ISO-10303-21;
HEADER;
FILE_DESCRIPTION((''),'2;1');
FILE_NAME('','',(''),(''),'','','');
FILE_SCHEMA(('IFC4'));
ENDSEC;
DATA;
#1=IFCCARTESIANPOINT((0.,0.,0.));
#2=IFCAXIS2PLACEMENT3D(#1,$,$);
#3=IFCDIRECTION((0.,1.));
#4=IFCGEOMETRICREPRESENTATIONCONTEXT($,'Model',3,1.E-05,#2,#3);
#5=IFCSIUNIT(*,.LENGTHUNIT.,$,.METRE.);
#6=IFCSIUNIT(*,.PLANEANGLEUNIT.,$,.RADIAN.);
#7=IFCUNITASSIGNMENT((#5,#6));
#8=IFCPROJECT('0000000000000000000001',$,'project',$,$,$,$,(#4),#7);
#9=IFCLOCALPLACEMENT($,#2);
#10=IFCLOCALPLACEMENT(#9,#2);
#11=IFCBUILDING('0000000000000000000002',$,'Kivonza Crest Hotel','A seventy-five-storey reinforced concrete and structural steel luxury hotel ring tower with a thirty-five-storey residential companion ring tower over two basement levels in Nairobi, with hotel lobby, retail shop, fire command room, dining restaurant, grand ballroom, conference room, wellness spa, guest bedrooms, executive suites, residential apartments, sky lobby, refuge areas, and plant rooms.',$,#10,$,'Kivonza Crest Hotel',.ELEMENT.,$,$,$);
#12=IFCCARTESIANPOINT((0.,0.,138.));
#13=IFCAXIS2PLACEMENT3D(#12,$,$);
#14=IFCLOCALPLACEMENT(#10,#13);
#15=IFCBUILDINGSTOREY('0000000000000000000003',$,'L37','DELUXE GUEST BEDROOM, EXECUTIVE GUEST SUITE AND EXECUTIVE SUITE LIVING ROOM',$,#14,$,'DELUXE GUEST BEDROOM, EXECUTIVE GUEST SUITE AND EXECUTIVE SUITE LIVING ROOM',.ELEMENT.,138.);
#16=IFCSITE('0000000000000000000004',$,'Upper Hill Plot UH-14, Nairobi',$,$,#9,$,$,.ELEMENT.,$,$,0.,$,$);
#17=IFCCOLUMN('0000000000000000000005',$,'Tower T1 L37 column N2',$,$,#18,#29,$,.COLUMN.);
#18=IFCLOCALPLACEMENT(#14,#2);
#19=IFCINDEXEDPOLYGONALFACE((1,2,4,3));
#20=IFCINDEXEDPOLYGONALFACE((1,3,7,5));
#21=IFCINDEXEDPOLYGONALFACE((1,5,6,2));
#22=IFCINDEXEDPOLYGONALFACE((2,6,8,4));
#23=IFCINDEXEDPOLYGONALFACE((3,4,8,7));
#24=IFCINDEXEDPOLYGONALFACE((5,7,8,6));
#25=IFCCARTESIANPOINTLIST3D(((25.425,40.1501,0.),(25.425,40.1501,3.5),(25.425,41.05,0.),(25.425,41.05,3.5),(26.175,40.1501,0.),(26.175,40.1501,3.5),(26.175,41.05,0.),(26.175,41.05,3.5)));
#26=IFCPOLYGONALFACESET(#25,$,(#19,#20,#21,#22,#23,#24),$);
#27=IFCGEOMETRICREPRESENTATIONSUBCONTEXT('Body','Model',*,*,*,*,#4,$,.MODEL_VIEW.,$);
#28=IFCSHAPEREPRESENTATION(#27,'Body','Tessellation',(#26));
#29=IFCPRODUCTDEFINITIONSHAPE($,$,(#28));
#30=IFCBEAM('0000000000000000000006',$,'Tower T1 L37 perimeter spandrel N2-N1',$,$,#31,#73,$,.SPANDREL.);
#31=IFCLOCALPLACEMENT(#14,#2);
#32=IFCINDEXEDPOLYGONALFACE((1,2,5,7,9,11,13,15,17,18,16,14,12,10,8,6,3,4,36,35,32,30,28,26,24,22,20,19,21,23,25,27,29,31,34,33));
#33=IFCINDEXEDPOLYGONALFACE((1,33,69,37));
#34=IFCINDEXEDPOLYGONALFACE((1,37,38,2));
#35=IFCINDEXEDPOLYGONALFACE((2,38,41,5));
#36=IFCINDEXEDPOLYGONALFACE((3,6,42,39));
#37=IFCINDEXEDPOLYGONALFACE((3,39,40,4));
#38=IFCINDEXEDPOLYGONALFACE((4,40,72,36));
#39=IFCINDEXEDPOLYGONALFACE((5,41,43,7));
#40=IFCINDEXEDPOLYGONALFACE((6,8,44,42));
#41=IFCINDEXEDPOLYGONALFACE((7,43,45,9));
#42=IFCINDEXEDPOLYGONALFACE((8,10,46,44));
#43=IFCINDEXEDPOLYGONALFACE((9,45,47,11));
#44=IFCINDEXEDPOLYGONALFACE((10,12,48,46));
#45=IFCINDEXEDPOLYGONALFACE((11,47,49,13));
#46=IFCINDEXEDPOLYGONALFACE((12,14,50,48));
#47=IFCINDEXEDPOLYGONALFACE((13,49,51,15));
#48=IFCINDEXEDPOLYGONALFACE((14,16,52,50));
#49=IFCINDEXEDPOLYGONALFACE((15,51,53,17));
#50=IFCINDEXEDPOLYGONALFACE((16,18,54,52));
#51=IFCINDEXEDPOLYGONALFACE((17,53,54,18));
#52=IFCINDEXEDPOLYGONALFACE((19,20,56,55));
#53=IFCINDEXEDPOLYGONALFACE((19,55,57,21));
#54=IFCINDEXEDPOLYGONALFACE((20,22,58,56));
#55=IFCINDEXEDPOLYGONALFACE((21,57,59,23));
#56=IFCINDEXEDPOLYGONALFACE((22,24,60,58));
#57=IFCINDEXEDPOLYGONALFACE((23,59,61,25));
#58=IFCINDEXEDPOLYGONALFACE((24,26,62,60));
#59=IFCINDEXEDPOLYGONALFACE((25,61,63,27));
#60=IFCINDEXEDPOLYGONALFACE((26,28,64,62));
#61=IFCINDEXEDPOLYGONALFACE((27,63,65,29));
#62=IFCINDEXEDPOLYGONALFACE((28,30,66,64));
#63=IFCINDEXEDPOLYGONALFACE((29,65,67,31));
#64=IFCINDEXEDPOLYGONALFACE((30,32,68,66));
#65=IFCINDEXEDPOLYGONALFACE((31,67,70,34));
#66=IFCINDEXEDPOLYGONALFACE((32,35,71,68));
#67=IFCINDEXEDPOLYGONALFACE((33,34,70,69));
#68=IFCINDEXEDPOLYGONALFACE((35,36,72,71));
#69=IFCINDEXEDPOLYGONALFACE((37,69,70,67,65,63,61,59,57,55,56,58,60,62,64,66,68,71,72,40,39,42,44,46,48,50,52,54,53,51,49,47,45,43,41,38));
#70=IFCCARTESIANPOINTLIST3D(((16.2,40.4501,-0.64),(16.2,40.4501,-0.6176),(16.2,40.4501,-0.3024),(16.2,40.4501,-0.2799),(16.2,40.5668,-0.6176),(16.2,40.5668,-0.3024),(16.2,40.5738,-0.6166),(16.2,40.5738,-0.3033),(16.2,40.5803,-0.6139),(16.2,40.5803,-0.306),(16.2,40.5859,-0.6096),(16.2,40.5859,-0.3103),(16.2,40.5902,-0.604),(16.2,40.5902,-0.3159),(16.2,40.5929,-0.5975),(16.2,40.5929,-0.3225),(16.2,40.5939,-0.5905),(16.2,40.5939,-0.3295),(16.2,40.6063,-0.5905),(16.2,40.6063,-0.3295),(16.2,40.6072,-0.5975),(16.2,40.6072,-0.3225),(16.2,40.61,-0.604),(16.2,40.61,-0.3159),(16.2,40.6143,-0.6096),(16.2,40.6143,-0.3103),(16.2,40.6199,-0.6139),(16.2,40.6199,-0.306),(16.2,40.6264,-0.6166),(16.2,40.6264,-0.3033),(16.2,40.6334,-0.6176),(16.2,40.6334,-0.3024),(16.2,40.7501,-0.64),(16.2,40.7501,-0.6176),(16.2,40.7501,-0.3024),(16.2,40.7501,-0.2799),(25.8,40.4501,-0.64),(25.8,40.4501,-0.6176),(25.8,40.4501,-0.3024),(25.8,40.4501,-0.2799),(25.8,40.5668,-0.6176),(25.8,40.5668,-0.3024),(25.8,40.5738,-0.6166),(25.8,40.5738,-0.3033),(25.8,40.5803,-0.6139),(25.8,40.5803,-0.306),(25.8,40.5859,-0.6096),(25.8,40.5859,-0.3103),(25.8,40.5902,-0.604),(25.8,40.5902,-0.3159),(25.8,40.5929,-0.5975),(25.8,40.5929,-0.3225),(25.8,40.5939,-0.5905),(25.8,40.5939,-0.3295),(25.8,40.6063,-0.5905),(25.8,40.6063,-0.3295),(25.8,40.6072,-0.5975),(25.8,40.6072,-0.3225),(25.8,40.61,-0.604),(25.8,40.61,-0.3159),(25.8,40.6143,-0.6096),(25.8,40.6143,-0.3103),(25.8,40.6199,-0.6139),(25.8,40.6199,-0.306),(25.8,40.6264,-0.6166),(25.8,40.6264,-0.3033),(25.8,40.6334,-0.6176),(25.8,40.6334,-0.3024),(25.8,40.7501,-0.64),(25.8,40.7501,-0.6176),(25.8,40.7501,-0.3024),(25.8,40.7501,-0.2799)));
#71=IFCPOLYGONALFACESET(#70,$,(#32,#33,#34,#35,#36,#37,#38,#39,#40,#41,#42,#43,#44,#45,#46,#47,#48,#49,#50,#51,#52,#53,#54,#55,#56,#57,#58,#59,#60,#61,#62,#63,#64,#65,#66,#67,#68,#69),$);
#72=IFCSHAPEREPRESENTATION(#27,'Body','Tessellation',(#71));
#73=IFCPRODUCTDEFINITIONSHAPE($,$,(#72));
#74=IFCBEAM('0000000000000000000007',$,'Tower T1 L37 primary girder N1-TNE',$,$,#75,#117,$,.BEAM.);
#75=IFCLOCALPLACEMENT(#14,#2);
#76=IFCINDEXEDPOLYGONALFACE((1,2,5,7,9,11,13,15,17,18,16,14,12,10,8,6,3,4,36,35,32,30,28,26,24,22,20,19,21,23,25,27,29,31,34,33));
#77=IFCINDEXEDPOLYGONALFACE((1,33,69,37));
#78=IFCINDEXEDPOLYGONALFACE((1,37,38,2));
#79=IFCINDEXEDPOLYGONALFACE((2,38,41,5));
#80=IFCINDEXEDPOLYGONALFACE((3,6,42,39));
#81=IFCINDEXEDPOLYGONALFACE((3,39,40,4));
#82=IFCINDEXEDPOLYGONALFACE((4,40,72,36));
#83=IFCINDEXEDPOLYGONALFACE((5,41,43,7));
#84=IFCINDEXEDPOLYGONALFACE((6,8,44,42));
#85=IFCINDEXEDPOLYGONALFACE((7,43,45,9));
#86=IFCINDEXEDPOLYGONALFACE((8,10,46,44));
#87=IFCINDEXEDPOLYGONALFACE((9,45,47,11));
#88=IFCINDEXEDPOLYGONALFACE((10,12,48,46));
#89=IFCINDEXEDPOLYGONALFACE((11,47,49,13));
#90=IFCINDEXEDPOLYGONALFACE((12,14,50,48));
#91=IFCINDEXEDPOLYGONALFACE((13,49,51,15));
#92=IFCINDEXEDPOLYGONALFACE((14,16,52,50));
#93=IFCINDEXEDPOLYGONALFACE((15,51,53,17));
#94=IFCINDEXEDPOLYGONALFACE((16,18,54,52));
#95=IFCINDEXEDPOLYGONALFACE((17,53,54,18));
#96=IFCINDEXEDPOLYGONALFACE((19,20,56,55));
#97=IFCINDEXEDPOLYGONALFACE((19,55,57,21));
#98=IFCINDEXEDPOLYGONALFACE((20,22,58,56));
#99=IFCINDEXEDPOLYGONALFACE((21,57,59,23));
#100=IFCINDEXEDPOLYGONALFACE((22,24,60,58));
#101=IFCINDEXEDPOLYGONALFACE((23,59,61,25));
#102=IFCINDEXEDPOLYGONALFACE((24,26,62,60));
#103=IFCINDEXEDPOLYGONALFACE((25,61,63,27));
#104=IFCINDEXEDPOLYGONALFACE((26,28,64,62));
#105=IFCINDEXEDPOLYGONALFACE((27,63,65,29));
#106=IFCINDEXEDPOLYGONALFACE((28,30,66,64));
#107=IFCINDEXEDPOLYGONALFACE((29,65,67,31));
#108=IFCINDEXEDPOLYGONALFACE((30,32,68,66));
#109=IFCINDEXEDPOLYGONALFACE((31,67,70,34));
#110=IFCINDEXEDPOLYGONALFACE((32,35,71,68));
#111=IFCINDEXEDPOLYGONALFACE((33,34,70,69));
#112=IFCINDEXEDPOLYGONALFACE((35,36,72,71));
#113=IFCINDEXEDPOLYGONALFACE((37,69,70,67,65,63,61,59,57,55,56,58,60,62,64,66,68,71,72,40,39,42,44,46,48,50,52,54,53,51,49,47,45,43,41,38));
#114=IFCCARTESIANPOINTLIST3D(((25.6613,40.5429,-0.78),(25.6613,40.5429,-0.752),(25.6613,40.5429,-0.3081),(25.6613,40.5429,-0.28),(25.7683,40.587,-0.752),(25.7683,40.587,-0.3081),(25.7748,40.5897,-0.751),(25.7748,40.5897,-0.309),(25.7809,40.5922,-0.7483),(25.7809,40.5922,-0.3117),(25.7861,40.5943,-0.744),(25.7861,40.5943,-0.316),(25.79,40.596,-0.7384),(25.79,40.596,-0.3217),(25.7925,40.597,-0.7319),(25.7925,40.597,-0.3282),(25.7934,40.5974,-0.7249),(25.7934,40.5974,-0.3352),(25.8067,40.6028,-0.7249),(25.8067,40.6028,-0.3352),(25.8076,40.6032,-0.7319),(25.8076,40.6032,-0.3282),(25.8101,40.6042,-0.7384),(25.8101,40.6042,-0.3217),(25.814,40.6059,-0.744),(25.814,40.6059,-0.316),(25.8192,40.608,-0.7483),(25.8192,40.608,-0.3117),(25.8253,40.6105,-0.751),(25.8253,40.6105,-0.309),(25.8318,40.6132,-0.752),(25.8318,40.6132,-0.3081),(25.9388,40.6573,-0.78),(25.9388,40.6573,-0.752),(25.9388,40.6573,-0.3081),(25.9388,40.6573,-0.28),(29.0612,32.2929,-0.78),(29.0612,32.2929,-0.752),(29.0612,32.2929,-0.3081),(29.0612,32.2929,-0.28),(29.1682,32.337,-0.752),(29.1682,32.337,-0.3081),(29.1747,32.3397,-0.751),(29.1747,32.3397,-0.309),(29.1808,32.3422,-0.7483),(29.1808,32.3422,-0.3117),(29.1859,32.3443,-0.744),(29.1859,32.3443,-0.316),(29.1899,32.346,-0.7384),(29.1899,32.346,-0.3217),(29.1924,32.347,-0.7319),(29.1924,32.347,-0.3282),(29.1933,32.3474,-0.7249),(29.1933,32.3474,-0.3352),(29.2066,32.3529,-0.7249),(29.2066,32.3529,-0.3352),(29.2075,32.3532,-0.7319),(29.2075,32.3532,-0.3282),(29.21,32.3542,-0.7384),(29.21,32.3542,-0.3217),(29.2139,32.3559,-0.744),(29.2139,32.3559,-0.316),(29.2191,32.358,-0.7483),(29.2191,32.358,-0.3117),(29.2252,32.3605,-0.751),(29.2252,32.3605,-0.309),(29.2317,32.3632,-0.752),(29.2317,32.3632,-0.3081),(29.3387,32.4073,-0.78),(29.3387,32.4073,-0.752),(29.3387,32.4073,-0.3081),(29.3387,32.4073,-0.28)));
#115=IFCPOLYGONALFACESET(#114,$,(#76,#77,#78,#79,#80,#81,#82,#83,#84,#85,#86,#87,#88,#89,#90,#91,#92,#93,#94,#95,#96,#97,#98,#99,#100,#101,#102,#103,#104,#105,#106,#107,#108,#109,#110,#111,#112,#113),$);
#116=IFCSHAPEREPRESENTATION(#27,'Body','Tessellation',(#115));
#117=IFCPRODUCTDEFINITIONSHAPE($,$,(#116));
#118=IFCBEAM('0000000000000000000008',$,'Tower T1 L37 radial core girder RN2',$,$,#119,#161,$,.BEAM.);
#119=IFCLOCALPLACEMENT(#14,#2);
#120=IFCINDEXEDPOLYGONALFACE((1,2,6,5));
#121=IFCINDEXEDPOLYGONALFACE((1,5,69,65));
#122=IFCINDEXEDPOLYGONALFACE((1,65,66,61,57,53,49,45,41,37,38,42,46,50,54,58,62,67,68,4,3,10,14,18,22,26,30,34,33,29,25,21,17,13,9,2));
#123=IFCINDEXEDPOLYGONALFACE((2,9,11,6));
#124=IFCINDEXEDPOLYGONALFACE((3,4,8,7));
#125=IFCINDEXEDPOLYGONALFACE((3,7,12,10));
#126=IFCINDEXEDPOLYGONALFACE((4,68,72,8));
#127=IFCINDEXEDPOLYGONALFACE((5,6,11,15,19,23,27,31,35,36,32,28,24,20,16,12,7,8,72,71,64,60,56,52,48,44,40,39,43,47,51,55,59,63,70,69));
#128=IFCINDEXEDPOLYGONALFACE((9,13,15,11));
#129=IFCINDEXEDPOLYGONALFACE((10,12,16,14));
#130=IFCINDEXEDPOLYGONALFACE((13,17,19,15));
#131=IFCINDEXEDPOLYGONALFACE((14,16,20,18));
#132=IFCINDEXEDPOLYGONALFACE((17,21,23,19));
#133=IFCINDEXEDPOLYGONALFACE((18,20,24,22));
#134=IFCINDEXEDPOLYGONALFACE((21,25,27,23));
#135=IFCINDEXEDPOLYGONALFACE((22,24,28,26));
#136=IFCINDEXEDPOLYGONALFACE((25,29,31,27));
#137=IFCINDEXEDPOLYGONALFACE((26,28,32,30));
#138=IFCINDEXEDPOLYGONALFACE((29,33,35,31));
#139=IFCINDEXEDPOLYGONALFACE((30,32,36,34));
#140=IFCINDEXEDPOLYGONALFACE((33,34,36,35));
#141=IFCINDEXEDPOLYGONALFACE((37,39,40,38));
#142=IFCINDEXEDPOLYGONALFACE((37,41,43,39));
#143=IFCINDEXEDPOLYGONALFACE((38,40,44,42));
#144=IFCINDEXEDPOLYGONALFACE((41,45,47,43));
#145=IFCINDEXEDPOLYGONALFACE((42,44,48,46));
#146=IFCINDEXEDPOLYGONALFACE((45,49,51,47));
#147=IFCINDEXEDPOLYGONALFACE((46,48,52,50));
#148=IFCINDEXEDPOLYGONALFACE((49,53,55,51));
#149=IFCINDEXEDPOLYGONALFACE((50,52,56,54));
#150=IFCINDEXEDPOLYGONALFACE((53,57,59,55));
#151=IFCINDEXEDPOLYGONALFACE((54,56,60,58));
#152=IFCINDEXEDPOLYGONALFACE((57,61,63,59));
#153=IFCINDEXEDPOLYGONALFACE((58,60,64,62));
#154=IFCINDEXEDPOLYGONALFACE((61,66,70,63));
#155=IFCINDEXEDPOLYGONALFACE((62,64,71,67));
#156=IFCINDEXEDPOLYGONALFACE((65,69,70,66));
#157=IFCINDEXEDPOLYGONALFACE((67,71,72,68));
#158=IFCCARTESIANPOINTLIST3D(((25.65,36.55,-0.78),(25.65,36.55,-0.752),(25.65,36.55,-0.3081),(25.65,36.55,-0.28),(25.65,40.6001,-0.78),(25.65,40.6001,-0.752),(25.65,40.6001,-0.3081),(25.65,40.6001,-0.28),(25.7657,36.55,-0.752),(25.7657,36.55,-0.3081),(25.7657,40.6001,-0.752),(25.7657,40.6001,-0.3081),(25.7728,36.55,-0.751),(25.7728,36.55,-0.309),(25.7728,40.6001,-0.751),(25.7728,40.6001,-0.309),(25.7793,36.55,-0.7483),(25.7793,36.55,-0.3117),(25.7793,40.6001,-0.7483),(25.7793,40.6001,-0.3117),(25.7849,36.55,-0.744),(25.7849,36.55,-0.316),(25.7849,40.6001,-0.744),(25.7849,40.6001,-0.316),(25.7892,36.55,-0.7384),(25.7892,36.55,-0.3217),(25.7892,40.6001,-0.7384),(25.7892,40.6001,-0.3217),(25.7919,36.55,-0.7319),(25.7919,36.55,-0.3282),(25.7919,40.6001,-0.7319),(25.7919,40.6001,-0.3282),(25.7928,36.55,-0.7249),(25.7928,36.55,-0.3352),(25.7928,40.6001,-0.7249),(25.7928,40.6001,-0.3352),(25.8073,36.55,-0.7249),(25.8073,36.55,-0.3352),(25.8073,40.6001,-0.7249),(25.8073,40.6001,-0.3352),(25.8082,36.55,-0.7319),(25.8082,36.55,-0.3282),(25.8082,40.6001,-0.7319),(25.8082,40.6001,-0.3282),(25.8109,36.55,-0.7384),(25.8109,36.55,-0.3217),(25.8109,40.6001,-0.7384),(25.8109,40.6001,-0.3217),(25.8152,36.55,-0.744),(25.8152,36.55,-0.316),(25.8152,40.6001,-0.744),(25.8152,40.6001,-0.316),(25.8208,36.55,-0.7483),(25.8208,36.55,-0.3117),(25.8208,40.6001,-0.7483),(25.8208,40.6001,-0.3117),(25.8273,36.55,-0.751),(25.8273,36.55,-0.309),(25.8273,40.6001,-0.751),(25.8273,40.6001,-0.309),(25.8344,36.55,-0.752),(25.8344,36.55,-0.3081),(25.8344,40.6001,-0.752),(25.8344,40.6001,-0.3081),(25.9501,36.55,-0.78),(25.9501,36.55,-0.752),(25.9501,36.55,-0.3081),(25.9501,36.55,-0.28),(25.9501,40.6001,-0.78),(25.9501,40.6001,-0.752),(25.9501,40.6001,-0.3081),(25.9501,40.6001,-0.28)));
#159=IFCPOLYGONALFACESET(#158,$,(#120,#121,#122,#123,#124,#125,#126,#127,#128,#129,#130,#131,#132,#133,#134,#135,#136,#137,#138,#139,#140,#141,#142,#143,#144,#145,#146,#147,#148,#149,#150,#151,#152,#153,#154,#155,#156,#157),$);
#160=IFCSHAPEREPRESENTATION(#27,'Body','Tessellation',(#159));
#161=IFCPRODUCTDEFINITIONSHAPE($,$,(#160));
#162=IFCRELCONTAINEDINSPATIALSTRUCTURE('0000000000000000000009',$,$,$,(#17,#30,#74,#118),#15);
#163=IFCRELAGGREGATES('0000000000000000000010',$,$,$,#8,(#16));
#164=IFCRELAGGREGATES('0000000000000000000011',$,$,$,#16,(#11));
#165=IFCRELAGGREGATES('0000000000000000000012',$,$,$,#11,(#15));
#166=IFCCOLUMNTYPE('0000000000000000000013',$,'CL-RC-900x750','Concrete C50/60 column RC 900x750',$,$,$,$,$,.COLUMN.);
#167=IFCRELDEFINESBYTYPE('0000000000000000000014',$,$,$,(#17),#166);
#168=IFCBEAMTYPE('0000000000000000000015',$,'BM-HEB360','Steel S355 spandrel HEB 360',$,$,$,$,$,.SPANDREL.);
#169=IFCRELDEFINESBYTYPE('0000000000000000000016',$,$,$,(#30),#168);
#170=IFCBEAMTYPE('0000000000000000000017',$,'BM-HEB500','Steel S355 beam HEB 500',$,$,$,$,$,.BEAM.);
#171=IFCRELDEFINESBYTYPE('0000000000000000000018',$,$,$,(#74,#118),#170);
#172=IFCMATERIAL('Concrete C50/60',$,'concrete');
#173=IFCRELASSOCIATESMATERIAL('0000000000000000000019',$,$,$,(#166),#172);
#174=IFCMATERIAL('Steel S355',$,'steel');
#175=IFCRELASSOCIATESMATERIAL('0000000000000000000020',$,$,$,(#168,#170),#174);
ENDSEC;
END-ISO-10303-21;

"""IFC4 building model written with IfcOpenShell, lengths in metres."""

from ifc_helpers import new_model, si_unit, direction, frame, origin, origin_2d, place, context, subcontext, project, spatial, rectangle, i_section, extrude, material, material_profile, profile_set, type_object, element, save


model = new_model("IFC4")

# Units and contexts
model_context = context("Model", 3, precision=1e-05, world=origin(), true_north=direction((0.0, 1.0)))
body_context = subcontext(model_context, "Body", "Model", "MODEL_VIEW")
ifc_project = project(units=[si_unit("LENGTHUNIT", "METRE"), si_unit("PLANEANGLEUNIT", "RADIAN")], contexts=[model_context])

# Site, building, storey
site_placement = place(None, origin())
site = spatial("IfcSite", under=ifc_project, at=site_placement, Name="Upper Hill Plot UH-14, Nairobi", CompositionType="ELEMENT", RefElevation=0.0)
building_placement = place(site_placement, origin())
building = spatial("IfcBuilding", under=site, at=building_placement, Name="Kivonza Crest Hotel", Description="A seventy-five-storey reinforced concrete and structural steel luxury hotel ring tower with a thirty-five-storey residential companion ring tower over two basement levels in Nairobi, with hotel lobby, retail shop, fire command room, dining restaurant, grand ballroom, conference room, wellness spa, guest bedrooms, executive suites, residential apartments, sky lobby, refuge areas, and plant rooms.", LongName="Kivonza Crest Hotel", CompositionType="ELEMENT")
storey_placement = place(building_placement, frame((0.0, 0.0, 138.0)))
storey = spatial("IfcBuildingStorey", under=building, at=storey_placement, Name="L37", Description="DELUXE GUEST BEDROOM, EXECUTIVE GUEST SUITE AND EXECUTIVE SUITE LIVING ROOM", LongName="DELUXE GUEST BEDROOM, EXECUTIVE GUEST SUITE AND EXECUTIVE SUITE LIVING ROOM", CompositionType="ELEMENT", Elevation=138.0)

# Column
ifc_material_1 = material(Name="Concrete C50/60", Category="concrete")
ifc_material_profile_1 = material_profile(ifc_material_1, rectangle(XDim=0.75, YDim=0.8999, at=origin_2d()), Name="RC 900x750")
ifc_profile_set_1 = profile_set([ifc_material_profile_1], Name="Concrete C50/60")
column_type = type_object("IfcColumnType", Name="CL-RC-900x750", Description="Concrete C50/60 column RC 900x750", PredefinedType="COLUMN", material=ifc_profile_set_1)
column_placement = place(storey_placement, frame((25.8, 40.6001, 0.0), z_axis=(0.0, 0.0, 1.0), x_axis=(1.0, 0.0, 0.0)))
element("IfcColumn", 1, at=column_placement, inside=storey, type_object=column_type, Name="Tower T1 L37 column N2", PredefinedType="COLUMN", context=body_context, shape_type="SweptSolid", body=[
    extrude(rectangle(XDim=0.75, YDim=0.8999, at=origin_2d()), origin(), (0.0, 0.0, 1.0), 3.5),
])

# Beams
ifc_material_2 = material(Name="Steel S355", Category="steel")
ifc_material_profile_2 = material_profile(ifc_material_2, i_section(OverallWidth=0.3, OverallDepth=0.3601, WebThickness=0.0125, FlangeThickness=0.0225, FilletRadius=0.0271, at=origin_2d()), Name="HEB 360")
ifc_profile_set_2 = profile_set([ifc_material_profile_2], Name="Steel S355")
beam_type_1 = type_object("IfcBeamType", Name="BM-HEB360", Description="Steel S355 spandrel HEB 360", PredefinedType="SPANDREL", material=ifc_profile_set_2)
beam_1_placement = place(storey_placement, frame((25.8, 40.6001, -0.46), z_axis=(-1.0, 0.0, 0.0), x_axis=(0.0, -1.0, 0.0)))
element("IfcBeam", 2, at=beam_1_placement, inside=storey, type_object=beam_type_1, Name="Tower T1 L37 perimeter spandrel N2-N1", PredefinedType="SPANDREL", context=body_context, shape_type="SweptSolid", body=[
    extrude(i_section(OverallWidth=0.3, OverallDepth=0.3601, WebThickness=0.0125, FlangeThickness=0.0225, FilletRadius=0.0271, at=origin_2d()), origin(), (0.0, 0.0, 1.0), 9.6001),
])
ifc_material_profile_3 = material_profile(ifc_material_2, i_section(OverallWidth=0.3, OverallDepth=0.5, WebThickness=0.0144, FlangeThickness=0.0281, FilletRadius=0.0271, at=origin_2d()), Name="HEB 500")
ifc_profile_set_3 = profile_set([ifc_material_profile_3], Name="Steel S355")
beam_type_2 = type_object("IfcBeamType", Name="BM-HEB500", Description="Steel S355 beam HEB 500", PredefinedType="BEAM", material=ifc_profile_set_3)
beam_2_placement = place(storey_placement, frame((25.8, 40.6001, -0.53), z_axis=(0.381022, -0.924566, 0.0), x_axis=(0.924566, 0.381022, 0.0)))
element("IfcBeam", 3, at=beam_2_placement, inside=storey, type_object=beam_type_2, Name="Tower T1 L37 primary girder N1-TNE", PredefinedType="BEAM", context=body_context, shape_type="SweptSolid", body=[
    extrude(i_section(OverallWidth=0.3, OverallDepth=0.5, WebThickness=0.0144, FlangeThickness=0.0281, FilletRadius=0.0271, at=origin_2d()), origin(), (0.0, 0.0, 1.0), 8.9231),
])
beam_3_placement = place(storey_placement, frame((25.8, 40.6001, -0.53), z_axis=(0.0, -1.0, 0.0), x_axis=(1.0, 0.0, 0.0)))
element("IfcBeam", 4, at=beam_3_placement, inside=storey, type_object=beam_type_2, Name="Tower T1 L37 radial core girder RN2", PredefinedType="BEAM", context=body_context, shape_type="SweptSolid", body=[
    extrude(i_section(OverallWidth=0.3, OverallDepth=0.5, WebThickness=0.0144, FlangeThickness=0.0281, FilletRadius=0.0271, at=origin_2d()), origin(), (0.0, 0.0, 1.0), 4.05),
])

save(model, "model.ifc")
